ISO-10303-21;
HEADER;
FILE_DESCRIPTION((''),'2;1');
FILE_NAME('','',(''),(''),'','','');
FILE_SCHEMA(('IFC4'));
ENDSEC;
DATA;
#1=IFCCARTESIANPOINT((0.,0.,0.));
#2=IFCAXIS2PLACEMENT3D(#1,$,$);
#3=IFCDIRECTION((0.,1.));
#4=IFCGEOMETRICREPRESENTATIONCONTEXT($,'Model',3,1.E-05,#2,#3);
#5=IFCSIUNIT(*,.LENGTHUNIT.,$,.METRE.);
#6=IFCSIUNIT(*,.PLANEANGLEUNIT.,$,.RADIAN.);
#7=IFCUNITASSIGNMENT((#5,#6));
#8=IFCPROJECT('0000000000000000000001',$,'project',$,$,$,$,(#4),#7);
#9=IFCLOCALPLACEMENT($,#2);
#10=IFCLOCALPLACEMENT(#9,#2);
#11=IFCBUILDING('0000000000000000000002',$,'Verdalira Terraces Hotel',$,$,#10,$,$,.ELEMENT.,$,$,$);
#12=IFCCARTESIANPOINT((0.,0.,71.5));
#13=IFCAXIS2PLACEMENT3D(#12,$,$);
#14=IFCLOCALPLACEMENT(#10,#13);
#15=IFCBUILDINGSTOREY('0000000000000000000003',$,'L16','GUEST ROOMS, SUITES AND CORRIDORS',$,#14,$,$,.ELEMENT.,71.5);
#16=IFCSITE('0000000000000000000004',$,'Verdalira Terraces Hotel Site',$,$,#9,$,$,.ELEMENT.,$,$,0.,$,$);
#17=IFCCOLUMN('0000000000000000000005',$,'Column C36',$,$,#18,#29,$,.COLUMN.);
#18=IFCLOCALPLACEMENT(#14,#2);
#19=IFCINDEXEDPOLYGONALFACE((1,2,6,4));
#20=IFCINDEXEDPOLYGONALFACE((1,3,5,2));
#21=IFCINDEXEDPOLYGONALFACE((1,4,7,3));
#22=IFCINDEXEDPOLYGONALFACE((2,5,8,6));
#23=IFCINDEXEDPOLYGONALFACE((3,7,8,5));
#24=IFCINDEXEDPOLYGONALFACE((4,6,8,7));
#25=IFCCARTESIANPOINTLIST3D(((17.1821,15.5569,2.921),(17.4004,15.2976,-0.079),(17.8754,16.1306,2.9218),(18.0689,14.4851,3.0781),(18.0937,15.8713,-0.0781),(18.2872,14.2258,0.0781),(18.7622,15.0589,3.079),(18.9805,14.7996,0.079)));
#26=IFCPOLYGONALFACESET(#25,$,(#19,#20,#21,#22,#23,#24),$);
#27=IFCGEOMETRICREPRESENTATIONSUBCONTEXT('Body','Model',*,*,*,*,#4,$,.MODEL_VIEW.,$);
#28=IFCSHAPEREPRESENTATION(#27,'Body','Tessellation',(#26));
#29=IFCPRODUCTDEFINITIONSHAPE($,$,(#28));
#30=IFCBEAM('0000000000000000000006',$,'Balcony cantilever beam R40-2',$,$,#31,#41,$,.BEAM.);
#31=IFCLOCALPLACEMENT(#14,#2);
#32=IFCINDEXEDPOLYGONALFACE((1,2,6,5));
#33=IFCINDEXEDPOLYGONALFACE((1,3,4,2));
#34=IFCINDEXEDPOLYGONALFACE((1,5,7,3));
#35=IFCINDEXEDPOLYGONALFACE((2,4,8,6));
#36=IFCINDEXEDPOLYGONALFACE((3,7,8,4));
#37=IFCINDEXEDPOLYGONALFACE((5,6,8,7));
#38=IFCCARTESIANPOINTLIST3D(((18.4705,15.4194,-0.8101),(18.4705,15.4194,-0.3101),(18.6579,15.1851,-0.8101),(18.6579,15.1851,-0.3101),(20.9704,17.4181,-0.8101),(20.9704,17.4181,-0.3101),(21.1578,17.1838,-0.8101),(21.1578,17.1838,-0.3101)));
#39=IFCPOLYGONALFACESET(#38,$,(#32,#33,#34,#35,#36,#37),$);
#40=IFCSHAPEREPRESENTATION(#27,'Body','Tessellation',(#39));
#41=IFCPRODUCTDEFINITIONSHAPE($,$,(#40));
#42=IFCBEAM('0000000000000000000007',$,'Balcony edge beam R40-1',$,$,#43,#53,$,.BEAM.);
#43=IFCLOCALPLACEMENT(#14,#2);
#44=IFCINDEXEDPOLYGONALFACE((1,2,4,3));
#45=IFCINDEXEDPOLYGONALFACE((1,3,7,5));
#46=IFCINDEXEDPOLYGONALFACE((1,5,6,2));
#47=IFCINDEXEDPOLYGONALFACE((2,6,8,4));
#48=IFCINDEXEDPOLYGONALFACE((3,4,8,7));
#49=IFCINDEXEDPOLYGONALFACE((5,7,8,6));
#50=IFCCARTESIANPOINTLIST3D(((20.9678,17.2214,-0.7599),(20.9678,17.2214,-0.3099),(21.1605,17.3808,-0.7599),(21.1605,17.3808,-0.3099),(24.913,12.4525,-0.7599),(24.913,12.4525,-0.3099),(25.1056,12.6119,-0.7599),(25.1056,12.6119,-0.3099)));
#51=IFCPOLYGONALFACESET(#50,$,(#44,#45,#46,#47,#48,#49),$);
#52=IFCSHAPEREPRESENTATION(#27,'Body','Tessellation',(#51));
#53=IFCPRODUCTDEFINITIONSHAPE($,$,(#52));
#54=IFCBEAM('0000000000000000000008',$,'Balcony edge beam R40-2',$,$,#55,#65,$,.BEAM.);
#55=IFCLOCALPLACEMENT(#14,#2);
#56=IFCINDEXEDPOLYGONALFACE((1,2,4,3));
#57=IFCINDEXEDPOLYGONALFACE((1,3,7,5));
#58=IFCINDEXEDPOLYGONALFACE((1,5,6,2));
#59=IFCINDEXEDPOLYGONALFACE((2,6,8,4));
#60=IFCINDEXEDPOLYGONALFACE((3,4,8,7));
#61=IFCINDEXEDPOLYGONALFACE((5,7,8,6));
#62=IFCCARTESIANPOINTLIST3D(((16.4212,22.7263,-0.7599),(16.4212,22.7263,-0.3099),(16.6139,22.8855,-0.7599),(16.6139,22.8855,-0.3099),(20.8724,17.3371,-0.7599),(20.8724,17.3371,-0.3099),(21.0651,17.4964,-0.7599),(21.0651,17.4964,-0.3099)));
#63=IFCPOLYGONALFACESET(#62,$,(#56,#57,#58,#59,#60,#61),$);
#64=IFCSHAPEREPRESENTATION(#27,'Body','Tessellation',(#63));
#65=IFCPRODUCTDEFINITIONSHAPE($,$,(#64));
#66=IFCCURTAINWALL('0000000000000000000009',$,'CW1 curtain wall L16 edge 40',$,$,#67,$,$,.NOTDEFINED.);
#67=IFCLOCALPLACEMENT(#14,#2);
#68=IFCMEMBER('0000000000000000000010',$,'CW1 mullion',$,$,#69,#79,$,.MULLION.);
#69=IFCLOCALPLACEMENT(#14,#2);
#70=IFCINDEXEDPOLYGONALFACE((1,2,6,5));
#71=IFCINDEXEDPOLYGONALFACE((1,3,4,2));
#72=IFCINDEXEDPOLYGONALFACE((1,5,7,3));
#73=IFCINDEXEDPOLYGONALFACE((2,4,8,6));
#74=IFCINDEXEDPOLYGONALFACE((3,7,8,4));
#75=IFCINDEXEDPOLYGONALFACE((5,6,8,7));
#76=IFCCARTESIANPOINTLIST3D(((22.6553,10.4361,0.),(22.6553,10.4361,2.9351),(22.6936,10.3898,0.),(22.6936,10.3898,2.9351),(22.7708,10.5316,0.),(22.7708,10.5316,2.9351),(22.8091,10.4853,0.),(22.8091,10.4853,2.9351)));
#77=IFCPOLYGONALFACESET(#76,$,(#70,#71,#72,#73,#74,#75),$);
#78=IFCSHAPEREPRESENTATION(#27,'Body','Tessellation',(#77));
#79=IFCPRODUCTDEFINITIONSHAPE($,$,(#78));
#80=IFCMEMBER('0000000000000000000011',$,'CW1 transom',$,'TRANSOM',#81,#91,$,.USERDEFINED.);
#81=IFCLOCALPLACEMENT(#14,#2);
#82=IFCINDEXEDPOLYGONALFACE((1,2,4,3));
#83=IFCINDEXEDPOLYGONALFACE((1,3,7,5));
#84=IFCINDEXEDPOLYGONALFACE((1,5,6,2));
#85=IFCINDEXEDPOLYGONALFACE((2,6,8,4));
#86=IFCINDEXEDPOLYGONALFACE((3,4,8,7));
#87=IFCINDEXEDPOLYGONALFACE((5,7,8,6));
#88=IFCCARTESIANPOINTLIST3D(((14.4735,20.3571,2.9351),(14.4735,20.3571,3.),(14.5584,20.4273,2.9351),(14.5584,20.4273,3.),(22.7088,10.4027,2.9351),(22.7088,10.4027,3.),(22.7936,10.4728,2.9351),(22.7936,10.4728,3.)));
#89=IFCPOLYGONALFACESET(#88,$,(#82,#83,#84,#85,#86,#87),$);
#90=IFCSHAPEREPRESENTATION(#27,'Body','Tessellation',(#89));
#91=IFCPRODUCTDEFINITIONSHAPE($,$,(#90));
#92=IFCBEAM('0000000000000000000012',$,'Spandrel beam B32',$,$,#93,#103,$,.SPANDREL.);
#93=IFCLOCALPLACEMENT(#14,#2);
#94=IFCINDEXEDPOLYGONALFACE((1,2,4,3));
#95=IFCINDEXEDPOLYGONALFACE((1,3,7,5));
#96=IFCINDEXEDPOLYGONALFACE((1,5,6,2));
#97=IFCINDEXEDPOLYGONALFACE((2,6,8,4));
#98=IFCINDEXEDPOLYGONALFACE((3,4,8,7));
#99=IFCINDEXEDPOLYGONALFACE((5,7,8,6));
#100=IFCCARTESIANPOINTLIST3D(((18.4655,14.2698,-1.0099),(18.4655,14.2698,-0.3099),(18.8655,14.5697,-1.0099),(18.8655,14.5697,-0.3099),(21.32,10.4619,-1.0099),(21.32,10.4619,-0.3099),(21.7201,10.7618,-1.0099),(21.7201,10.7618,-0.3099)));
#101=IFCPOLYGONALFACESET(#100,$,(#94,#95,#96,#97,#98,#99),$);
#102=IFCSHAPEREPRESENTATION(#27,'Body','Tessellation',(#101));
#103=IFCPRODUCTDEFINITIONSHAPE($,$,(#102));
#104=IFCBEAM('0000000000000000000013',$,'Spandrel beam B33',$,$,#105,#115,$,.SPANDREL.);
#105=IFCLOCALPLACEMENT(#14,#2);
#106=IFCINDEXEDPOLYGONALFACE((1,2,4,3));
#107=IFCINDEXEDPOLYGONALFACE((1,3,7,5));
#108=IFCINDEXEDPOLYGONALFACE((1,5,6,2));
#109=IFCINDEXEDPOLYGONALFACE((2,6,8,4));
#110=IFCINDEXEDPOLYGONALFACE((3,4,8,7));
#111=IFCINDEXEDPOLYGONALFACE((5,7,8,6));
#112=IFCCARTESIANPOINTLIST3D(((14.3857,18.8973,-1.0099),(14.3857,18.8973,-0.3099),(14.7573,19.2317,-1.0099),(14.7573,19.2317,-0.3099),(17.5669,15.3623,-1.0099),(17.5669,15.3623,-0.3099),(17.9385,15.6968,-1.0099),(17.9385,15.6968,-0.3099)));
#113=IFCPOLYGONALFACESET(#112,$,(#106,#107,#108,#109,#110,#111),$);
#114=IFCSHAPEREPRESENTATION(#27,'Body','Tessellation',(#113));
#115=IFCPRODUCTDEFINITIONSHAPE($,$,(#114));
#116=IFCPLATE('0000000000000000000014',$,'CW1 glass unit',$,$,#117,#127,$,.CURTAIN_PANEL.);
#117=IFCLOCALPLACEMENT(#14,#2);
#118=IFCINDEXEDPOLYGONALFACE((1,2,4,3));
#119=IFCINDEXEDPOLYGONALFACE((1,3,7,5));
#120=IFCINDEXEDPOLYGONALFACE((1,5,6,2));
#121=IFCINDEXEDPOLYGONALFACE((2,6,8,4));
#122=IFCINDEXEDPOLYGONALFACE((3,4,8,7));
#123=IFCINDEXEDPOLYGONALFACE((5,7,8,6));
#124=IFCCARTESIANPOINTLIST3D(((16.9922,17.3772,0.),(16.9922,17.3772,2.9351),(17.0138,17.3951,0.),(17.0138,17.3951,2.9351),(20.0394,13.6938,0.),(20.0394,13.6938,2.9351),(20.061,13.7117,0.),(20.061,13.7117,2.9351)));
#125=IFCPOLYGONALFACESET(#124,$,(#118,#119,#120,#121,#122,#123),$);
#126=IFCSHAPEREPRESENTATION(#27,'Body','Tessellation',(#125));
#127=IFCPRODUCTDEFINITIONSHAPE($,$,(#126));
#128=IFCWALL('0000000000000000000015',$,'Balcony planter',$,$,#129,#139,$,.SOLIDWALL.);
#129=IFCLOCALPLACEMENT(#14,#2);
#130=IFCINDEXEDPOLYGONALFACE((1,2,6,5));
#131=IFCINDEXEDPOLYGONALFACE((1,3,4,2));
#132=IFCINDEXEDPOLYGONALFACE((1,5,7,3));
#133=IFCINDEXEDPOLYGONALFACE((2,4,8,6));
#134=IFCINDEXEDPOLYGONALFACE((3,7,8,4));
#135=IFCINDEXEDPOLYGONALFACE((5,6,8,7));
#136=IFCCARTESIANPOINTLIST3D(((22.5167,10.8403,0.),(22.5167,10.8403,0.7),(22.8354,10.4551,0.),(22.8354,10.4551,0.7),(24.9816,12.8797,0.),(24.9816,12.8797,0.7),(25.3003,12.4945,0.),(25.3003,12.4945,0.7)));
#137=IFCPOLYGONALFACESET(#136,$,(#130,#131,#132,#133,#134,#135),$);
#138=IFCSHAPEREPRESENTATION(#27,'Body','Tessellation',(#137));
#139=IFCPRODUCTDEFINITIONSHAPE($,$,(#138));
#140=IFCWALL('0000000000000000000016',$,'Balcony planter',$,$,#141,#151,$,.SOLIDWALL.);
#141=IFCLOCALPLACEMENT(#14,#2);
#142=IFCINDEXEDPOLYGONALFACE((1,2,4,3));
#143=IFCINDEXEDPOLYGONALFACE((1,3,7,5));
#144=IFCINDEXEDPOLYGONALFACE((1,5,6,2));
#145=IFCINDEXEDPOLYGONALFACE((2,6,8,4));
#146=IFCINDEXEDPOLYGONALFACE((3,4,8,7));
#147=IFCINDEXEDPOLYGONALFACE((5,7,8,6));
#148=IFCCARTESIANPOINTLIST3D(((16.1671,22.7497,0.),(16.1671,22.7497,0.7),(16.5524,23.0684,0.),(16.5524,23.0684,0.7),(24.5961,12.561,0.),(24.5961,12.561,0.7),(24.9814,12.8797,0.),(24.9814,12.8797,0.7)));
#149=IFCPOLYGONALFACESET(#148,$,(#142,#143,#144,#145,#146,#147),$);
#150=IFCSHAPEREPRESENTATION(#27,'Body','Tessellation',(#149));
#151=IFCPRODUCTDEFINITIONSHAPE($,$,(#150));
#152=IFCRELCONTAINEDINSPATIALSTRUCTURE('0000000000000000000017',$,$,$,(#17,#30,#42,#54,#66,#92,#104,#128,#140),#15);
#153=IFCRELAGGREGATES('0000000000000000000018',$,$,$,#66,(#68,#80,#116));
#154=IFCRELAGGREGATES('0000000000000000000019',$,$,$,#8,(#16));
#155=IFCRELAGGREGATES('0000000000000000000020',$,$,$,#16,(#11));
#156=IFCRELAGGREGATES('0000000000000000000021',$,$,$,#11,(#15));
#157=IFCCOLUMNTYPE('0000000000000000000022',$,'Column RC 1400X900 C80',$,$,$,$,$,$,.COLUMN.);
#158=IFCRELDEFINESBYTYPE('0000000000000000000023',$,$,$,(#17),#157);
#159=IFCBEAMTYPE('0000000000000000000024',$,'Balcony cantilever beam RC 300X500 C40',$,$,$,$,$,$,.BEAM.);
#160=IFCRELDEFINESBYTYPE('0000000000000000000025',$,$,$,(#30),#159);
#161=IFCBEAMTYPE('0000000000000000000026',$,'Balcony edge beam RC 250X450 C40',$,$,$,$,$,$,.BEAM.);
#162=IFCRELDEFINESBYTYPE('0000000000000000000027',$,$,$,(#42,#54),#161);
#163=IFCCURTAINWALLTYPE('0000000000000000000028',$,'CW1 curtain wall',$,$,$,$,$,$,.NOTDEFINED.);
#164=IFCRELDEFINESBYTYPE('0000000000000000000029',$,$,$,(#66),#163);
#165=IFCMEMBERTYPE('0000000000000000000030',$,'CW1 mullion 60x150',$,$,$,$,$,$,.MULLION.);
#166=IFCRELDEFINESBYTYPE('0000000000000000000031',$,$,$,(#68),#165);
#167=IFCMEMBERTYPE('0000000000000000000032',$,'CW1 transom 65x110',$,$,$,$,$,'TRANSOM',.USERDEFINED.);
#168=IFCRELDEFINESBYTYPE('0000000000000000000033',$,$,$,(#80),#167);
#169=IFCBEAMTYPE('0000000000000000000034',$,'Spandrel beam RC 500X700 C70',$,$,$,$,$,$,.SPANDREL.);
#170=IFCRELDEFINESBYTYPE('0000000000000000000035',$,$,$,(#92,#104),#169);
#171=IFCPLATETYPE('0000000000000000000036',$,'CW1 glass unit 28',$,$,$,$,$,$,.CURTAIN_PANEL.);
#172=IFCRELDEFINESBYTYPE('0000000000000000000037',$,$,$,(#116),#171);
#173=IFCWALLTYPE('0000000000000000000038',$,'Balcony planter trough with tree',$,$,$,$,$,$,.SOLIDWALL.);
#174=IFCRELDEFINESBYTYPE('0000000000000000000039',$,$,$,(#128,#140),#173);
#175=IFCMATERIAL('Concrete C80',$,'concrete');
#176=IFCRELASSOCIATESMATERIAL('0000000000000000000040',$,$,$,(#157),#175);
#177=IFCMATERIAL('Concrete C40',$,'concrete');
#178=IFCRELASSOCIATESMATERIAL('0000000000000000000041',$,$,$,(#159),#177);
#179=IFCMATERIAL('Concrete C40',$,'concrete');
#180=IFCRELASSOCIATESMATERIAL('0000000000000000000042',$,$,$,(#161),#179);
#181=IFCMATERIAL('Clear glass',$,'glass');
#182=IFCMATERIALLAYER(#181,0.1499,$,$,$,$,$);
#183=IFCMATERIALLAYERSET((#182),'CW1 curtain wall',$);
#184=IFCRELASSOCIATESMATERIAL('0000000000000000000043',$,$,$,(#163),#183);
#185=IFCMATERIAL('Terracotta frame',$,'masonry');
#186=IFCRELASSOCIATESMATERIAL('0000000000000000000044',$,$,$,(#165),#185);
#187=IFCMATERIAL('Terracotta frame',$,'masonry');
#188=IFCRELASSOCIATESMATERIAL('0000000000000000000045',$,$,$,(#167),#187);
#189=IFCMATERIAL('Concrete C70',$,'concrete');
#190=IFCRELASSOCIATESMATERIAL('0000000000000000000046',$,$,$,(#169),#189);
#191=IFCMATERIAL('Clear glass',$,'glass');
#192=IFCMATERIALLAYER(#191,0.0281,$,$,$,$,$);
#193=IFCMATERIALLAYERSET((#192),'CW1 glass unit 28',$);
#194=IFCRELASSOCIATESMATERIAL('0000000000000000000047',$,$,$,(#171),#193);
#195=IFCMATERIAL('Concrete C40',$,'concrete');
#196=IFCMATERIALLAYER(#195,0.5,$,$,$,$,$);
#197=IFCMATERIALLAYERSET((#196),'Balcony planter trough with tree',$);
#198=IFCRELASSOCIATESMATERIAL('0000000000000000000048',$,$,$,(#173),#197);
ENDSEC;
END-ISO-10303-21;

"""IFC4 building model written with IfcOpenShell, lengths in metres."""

from ifc_helpers import new_model, si_unit, direction, frame, frame_2d, origin, origin_2d, place, context, subcontext, project, spatial, rectangle, extrude, material, layer, layer_set, material_profile, profile_set, type_object, element, aggregate, save


model = new_model("IFC4")

# Units and contexts
model_context = context("Model", 3, precision=1e-05, world=origin(), true_north=direction((0.0, 1.0)))
body_context = subcontext(model_context, "Body", "Model", "MODEL_VIEW")
ifc_project = project(units=[si_unit("LENGTHUNIT", "METRE"), si_unit("PLANEANGLEUNIT", "RADIAN")], contexts=[model_context])

# Site, building, storey
site_placement = place(None, origin())
site = spatial("IfcSite", under=ifc_project, at=site_placement, Name="Verdalira Terraces Hotel Site", CompositionType="ELEMENT", RefElevation=0.0)
building_placement = place(site_placement, origin())
building = spatial("IfcBuilding", under=site, at=building_placement, Name="Verdalira Terraces Hotel", CompositionType="ELEMENT")
storey_placement = place(building_placement, frame((0.0, 0.0, 71.5)))
storey = spatial("IfcBuildingStorey", under=building, at=storey_placement, Name="L16", Description="GUEST ROOMS, SUITES AND CORRIDORS", CompositionType="ELEMENT", Elevation=71.5)

# Column
ifc_material_1 = material(Name="Concrete C80", Category="concrete")
ifc_material_profile_1 = material_profile(ifc_material_1, rectangle(XDim=1.3999, YDim=0.8999, at=origin_2d()), Name="RC 1400X900")
ifc_profile_set_1 = profile_set([ifc_material_profile_1], Name="Concrete C80")
column_type = type_object("IfcColumnType", Name="Column RC 1400X900 C80", PredefinedType="COLUMN", material=ifc_profile_set_1)
column_placement = place(storey_placement, frame((18.1904, 15.0486, 0.0), z_axis=(-0.072294, 0.085879, 0.993679), x_axis=(-0.633459, 0.765591, -0.112253)))
element("IfcColumn", 1, at=column_placement, inside=storey, type_object=column_type, Name="Column C36", PredefinedType="COLUMN", context=body_context, shape_type="SweptSolid", body=[
    extrude(rectangle(XDim=1.3999, YDim=0.8999, at=origin_2d()), origin(), (0.0, 0.0, 1.0), 3.019),
])

# Beams
ifc_material_2 = material(Name="Concrete C40", Category="concrete")
ifc_material_profile_2 = material_profile(ifc_material_2, rectangle(XDim=0.3, YDim=0.5, at=origin_2d()), Name="RC 300X500")
ifc_profile_set_2 = profile_set([ifc_material_profile_2], Name="Concrete C40")
beam_type_1 = type_object("IfcBeamType", Name="Balcony cantilever beam RC 300X500 C40", PredefinedType="BEAM", material=ifc_profile_set_2)
beam_1_placement = place(storey_placement, frame((18.5642, 15.3022, -0.5601), z_axis=(0.781055, 0.624462, 0.0), x_axis=(-0.624462, 0.781055, 0.0)))
element("IfcBeam", 2, at=beam_1_placement, inside=storey, type_object=beam_type_1, Name="Balcony cantilever beam R40-2", PredefinedType="BEAM", context=body_context, shape_type="SweptSolid", body=[
    extrude(rectangle(XDim=0.3, YDim=0.5, at=origin_2d()), origin(), (0.0, 0.0, 1.0), 3.2007),
])
ifc_material_3 = material(Name="Concrete C40", Category="concrete")
ifc_material_profile_3 = material_profile(ifc_material_3, rectangle(XDim=0.25, YDim=0.45, at=origin_2d()), Name="RC 250X450")
ifc_profile_set_3 = profile_set([ifc_material_profile_3], Name="Concrete C40")
beam_type_2 = type_object("IfcBeamType", Name="Balcony edge beam RC 250X450 C40", PredefinedType="BEAM", material=ifc_profile_set_3)
beam_2_placement = place(storey_placement, frame((25.0093, 12.5322, -0.5349), z_axis=(-0.637422, 0.770515, 0.0), x_axis=(-0.770515, -0.637422, 0.0)))
element("IfcBeam", 3, at=beam_2_placement, inside=storey, type_object=beam_type_2, Name="Balcony edge beam R40-1", PredefinedType="BEAM", context=body_context, shape_type="SweptSolid", body=[
    extrude(rectangle(XDim=0.25, YDim=0.45, at=origin_2d()), origin(), (0.0, 0.0, 1.0), 6.1892),
])
beam_3_placement = place(storey_placement, frame((20.9688, 17.4167, -0.5349), z_axis=(-0.636818, 0.771014, 0.0), x_axis=(-0.771014, -0.636818, 0.0)))
element("IfcBeam", 4, at=beam_3_placement, inside=storey, type_object=beam_type_2, Name="Balcony edge beam R40-2", PredefinedType="BEAM", context=body_context, shape_type="SweptSolid", body=[
    extrude(rectangle(XDim=0.25, YDim=0.45, at=origin_2d()), origin(), (0.0, 0.0, 1.0), 6.9897),
])

# Curtain wall, members
ifc_material_4 = material(Name="Clear glass", Category="glass")
ifc_layer_1 = layer(ifc_material_4, 0.1499)
ifc_layer_set_1 = layer_set([ifc_layer_1], Name="CW1 curtain wall")
curtain_wall_type = type_object("IfcCurtainWallType", Name="CW1 curtain wall", PredefinedType="NOTDEFINED", material=ifc_layer_set_1)
curtain_wall_placement = place(storey_placement, origin())
curtain_wall = element("IfcCurtainWall", 5, at=curtain_wall_placement, inside=storey, type_object=curtain_wall_type, Name="CW1 curtain wall L16 edge 40", PredefinedType="NOTDEFINED")
ifc_material_5 = material(Name="Terracotta frame", Category="masonry")
ifc_material_profile_4 = material_profile(ifc_material_5, rectangle(XDim=0.0601, YDim=0.1499, at=origin_2d()), Name="MU 60x150")
ifc_profile_set_4 = profile_set([ifc_material_profile_4], Name="Terracotta frame")
member_type_1 = type_object("IfcMemberType", Name="CW1 mullion 60x150", PredefinedType="MULLION", material=ifc_profile_set_4)
member_1_placement = place(storey_placement, frame((22.7322, 10.4607, 0.0), z_axis=(0.0, 0.0, 1.0), x_axis=(-0.637424, 0.770513, 0.0)))
member_1 = element("IfcMember", 6, at=member_1_placement, type_object=member_type_1, Name="CW1 mullion", PredefinedType="MULLION", context=body_context, shape_type="SweptSolid", body=[
    extrude(rectangle(XDim=0.0601, YDim=0.1499, at=origin_2d()), origin(), (0.0, 0.0, 1.0), 2.9351),
])
ifc_material_6 = material(Name="Terracotta frame", Category="masonry")
ifc_material_profile_5 = material_profile(ifc_material_6, rectangle(XDim=0.1101, YDim=0.0649, at=origin_2d()), Name="TR 65x110")
ifc_profile_set_5 = profile_set([ifc_material_profile_5], Name="Terracotta frame")
member_type_2 = type_object("IfcMemberType", Name="CW1 transom 65x110", ElementType="TRANSOM", PredefinedType="USERDEFINED", material=ifc_profile_set_5)
member_2_placement = place(storey_placement, frame((22.7512, 10.4377, 2.9675), z_axis=(-0.637433, 0.770506, 0.0), x_axis=(-0.770506, -0.637433, 0.0)))
member_2 = element("IfcMember", 7, at=member_2_placement, type_object=member_type_2, Name="CW1 transom", ObjectType="TRANSOM", PredefinedType="USERDEFINED", context=body_context, shape_type="SweptSolid", body=[
    extrude(rectangle(XDim=0.1101, YDim=0.0649, at=origin_2d()), origin(), (0.0, 0.0, 1.0), 12.9194),
])

# Beams
ifc_material_7 = material(Name="Concrete C70", Category="concrete")
ifc_material_profile_6 = material_profile(ifc_material_7, rectangle(XDim=0.5, YDim=0.7, at=origin_2d()), Name="RC 500X700")
ifc_profile_set_6 = profile_set([ifc_material_profile_6], Name="Concrete C70")
beam_type_3 = type_object("IfcBeamType", Name="Spandrel beam RC 500X700 C70", PredefinedType="SPANDREL", material=ifc_profile_set_6)
beam_4_placement = place(storey_placement, frame((21.52, 10.6118, -0.6599), z_axis=(-0.599811, 0.800142, 0.0), x_axis=(-0.800142, -0.599811, 0.0)))
element("IfcBeam", 8, at=beam_4_placement, inside=storey, type_object=beam_type_3, Name="Spandrel beam B32", PredefinedType="SPANDREL", context=body_context, shape_type="SweptSolid", body=[
    extrude(rectangle(XDim=0.5, YDim=0.7, at=origin_2d()), origin(), (0.0, 0.0, 1.0), 4.759),
])
beam_5_placement = place(storey_placement, frame((17.7527, 15.5295, -0.6599), z_axis=(-0.668934, 0.743322, 0.0), x_axis=(-0.743322, -0.668934, 0.0)))
element("IfcBeam", 9, at=beam_5_placement, inside=storey, type_object=beam_type_3, Name="Spandrel beam B33", PredefinedType="SPANDREL", context=body_context, shape_type="SweptSolid", body=[
    extrude(rectangle(XDim=0.5, YDim=0.7, at=origin_2d()), origin(), (0.0, 0.0, 1.0), 4.7556),
])

# Plate
ifc_material_8 = material(Name="Clear glass", Category="glass")
ifc_layer_2 = layer(ifc_material_8, 0.0281)
ifc_layer_set_2 = layer_set([ifc_layer_2], Name="CW1 glass unit 28")
plate_type = type_object("IfcPlateType", Name="CW1 glass unit 28", PredefinedType="CURTAIN_PANEL", material=ifc_layer_set_2)
plate_placement = place(storey_placement, frame((18.5266, 15.5444, 0.0), z_axis=(0.0, 0.0, 1.0), x_axis=(-0.637424, 0.770513, 0.0)))
plate = element("IfcPlate", 10, at=plate_placement, type_object=plate_type, Name="CW1 glass unit", PredefinedType="CURTAIN_PANEL", context=body_context, shape_type="SweptSolid", body=[
    extrude(rectangle(XDim=4.7805, YDim=0.0281, at=origin_2d()), origin(), (0.0, 0.0, 1.0), 2.9351),
])
aggregate(curtain_wall, [member_1, member_2, plate])

# Walls
ifc_material_9 = material(Name="Concrete C40", Category="concrete")
ifc_layer_3 = layer(ifc_material_9, 0.5)
ifc_layer_set_3 = layer_set([ifc_layer_3], Name="Balcony planter trough with tree")
wall_type_1 = type_object("IfcWallType", Name="Balcony planter trough with tree", PredefinedType="SOLIDWALL", material=ifc_layer_set_3)
wall_1_placement = place(storey_placement, frame((22.676, 10.6477, 0.0), z_axis=(0.0, 0.0, 1.0), x_axis=(0.770481, 0.637463, 0.0)))
element("IfcWall", 11, at=wall_1_placement, inside=storey, type_object=wall_type_1, Name="Balcony planter", PredefinedType="SOLIDWALL", context=body_context, shape_type="SweptSolid", body=[
    extrude(rectangle(XDim=3.1992, YDim=0.5, at=frame_2d((1.5996, 0.0))), origin(), (0.0, 0.0, 1.0), 0.7),
])
wall_2_placement = place(storey_placement, frame((24.7888, 12.7202, 0.0), z_axis=(0.0, 0.0, 1.0), x_axis=(-0.637429, 0.770509, 0.0)))
element("IfcWall", 12, at=wall_2_placement, inside=storey, type_object=wall_type_1, Name="Balcony planter", PredefinedType="SOLIDWALL", context=body_context, shape_type="SweptSolid", body=[
    extrude(rectangle(XDim=13.2234, YDim=0.5, at=frame_2d((6.6118, 0.0))), origin(), (0.0, 0.0, 1.0), 0.7),
])

save(model, "model.ifc")
